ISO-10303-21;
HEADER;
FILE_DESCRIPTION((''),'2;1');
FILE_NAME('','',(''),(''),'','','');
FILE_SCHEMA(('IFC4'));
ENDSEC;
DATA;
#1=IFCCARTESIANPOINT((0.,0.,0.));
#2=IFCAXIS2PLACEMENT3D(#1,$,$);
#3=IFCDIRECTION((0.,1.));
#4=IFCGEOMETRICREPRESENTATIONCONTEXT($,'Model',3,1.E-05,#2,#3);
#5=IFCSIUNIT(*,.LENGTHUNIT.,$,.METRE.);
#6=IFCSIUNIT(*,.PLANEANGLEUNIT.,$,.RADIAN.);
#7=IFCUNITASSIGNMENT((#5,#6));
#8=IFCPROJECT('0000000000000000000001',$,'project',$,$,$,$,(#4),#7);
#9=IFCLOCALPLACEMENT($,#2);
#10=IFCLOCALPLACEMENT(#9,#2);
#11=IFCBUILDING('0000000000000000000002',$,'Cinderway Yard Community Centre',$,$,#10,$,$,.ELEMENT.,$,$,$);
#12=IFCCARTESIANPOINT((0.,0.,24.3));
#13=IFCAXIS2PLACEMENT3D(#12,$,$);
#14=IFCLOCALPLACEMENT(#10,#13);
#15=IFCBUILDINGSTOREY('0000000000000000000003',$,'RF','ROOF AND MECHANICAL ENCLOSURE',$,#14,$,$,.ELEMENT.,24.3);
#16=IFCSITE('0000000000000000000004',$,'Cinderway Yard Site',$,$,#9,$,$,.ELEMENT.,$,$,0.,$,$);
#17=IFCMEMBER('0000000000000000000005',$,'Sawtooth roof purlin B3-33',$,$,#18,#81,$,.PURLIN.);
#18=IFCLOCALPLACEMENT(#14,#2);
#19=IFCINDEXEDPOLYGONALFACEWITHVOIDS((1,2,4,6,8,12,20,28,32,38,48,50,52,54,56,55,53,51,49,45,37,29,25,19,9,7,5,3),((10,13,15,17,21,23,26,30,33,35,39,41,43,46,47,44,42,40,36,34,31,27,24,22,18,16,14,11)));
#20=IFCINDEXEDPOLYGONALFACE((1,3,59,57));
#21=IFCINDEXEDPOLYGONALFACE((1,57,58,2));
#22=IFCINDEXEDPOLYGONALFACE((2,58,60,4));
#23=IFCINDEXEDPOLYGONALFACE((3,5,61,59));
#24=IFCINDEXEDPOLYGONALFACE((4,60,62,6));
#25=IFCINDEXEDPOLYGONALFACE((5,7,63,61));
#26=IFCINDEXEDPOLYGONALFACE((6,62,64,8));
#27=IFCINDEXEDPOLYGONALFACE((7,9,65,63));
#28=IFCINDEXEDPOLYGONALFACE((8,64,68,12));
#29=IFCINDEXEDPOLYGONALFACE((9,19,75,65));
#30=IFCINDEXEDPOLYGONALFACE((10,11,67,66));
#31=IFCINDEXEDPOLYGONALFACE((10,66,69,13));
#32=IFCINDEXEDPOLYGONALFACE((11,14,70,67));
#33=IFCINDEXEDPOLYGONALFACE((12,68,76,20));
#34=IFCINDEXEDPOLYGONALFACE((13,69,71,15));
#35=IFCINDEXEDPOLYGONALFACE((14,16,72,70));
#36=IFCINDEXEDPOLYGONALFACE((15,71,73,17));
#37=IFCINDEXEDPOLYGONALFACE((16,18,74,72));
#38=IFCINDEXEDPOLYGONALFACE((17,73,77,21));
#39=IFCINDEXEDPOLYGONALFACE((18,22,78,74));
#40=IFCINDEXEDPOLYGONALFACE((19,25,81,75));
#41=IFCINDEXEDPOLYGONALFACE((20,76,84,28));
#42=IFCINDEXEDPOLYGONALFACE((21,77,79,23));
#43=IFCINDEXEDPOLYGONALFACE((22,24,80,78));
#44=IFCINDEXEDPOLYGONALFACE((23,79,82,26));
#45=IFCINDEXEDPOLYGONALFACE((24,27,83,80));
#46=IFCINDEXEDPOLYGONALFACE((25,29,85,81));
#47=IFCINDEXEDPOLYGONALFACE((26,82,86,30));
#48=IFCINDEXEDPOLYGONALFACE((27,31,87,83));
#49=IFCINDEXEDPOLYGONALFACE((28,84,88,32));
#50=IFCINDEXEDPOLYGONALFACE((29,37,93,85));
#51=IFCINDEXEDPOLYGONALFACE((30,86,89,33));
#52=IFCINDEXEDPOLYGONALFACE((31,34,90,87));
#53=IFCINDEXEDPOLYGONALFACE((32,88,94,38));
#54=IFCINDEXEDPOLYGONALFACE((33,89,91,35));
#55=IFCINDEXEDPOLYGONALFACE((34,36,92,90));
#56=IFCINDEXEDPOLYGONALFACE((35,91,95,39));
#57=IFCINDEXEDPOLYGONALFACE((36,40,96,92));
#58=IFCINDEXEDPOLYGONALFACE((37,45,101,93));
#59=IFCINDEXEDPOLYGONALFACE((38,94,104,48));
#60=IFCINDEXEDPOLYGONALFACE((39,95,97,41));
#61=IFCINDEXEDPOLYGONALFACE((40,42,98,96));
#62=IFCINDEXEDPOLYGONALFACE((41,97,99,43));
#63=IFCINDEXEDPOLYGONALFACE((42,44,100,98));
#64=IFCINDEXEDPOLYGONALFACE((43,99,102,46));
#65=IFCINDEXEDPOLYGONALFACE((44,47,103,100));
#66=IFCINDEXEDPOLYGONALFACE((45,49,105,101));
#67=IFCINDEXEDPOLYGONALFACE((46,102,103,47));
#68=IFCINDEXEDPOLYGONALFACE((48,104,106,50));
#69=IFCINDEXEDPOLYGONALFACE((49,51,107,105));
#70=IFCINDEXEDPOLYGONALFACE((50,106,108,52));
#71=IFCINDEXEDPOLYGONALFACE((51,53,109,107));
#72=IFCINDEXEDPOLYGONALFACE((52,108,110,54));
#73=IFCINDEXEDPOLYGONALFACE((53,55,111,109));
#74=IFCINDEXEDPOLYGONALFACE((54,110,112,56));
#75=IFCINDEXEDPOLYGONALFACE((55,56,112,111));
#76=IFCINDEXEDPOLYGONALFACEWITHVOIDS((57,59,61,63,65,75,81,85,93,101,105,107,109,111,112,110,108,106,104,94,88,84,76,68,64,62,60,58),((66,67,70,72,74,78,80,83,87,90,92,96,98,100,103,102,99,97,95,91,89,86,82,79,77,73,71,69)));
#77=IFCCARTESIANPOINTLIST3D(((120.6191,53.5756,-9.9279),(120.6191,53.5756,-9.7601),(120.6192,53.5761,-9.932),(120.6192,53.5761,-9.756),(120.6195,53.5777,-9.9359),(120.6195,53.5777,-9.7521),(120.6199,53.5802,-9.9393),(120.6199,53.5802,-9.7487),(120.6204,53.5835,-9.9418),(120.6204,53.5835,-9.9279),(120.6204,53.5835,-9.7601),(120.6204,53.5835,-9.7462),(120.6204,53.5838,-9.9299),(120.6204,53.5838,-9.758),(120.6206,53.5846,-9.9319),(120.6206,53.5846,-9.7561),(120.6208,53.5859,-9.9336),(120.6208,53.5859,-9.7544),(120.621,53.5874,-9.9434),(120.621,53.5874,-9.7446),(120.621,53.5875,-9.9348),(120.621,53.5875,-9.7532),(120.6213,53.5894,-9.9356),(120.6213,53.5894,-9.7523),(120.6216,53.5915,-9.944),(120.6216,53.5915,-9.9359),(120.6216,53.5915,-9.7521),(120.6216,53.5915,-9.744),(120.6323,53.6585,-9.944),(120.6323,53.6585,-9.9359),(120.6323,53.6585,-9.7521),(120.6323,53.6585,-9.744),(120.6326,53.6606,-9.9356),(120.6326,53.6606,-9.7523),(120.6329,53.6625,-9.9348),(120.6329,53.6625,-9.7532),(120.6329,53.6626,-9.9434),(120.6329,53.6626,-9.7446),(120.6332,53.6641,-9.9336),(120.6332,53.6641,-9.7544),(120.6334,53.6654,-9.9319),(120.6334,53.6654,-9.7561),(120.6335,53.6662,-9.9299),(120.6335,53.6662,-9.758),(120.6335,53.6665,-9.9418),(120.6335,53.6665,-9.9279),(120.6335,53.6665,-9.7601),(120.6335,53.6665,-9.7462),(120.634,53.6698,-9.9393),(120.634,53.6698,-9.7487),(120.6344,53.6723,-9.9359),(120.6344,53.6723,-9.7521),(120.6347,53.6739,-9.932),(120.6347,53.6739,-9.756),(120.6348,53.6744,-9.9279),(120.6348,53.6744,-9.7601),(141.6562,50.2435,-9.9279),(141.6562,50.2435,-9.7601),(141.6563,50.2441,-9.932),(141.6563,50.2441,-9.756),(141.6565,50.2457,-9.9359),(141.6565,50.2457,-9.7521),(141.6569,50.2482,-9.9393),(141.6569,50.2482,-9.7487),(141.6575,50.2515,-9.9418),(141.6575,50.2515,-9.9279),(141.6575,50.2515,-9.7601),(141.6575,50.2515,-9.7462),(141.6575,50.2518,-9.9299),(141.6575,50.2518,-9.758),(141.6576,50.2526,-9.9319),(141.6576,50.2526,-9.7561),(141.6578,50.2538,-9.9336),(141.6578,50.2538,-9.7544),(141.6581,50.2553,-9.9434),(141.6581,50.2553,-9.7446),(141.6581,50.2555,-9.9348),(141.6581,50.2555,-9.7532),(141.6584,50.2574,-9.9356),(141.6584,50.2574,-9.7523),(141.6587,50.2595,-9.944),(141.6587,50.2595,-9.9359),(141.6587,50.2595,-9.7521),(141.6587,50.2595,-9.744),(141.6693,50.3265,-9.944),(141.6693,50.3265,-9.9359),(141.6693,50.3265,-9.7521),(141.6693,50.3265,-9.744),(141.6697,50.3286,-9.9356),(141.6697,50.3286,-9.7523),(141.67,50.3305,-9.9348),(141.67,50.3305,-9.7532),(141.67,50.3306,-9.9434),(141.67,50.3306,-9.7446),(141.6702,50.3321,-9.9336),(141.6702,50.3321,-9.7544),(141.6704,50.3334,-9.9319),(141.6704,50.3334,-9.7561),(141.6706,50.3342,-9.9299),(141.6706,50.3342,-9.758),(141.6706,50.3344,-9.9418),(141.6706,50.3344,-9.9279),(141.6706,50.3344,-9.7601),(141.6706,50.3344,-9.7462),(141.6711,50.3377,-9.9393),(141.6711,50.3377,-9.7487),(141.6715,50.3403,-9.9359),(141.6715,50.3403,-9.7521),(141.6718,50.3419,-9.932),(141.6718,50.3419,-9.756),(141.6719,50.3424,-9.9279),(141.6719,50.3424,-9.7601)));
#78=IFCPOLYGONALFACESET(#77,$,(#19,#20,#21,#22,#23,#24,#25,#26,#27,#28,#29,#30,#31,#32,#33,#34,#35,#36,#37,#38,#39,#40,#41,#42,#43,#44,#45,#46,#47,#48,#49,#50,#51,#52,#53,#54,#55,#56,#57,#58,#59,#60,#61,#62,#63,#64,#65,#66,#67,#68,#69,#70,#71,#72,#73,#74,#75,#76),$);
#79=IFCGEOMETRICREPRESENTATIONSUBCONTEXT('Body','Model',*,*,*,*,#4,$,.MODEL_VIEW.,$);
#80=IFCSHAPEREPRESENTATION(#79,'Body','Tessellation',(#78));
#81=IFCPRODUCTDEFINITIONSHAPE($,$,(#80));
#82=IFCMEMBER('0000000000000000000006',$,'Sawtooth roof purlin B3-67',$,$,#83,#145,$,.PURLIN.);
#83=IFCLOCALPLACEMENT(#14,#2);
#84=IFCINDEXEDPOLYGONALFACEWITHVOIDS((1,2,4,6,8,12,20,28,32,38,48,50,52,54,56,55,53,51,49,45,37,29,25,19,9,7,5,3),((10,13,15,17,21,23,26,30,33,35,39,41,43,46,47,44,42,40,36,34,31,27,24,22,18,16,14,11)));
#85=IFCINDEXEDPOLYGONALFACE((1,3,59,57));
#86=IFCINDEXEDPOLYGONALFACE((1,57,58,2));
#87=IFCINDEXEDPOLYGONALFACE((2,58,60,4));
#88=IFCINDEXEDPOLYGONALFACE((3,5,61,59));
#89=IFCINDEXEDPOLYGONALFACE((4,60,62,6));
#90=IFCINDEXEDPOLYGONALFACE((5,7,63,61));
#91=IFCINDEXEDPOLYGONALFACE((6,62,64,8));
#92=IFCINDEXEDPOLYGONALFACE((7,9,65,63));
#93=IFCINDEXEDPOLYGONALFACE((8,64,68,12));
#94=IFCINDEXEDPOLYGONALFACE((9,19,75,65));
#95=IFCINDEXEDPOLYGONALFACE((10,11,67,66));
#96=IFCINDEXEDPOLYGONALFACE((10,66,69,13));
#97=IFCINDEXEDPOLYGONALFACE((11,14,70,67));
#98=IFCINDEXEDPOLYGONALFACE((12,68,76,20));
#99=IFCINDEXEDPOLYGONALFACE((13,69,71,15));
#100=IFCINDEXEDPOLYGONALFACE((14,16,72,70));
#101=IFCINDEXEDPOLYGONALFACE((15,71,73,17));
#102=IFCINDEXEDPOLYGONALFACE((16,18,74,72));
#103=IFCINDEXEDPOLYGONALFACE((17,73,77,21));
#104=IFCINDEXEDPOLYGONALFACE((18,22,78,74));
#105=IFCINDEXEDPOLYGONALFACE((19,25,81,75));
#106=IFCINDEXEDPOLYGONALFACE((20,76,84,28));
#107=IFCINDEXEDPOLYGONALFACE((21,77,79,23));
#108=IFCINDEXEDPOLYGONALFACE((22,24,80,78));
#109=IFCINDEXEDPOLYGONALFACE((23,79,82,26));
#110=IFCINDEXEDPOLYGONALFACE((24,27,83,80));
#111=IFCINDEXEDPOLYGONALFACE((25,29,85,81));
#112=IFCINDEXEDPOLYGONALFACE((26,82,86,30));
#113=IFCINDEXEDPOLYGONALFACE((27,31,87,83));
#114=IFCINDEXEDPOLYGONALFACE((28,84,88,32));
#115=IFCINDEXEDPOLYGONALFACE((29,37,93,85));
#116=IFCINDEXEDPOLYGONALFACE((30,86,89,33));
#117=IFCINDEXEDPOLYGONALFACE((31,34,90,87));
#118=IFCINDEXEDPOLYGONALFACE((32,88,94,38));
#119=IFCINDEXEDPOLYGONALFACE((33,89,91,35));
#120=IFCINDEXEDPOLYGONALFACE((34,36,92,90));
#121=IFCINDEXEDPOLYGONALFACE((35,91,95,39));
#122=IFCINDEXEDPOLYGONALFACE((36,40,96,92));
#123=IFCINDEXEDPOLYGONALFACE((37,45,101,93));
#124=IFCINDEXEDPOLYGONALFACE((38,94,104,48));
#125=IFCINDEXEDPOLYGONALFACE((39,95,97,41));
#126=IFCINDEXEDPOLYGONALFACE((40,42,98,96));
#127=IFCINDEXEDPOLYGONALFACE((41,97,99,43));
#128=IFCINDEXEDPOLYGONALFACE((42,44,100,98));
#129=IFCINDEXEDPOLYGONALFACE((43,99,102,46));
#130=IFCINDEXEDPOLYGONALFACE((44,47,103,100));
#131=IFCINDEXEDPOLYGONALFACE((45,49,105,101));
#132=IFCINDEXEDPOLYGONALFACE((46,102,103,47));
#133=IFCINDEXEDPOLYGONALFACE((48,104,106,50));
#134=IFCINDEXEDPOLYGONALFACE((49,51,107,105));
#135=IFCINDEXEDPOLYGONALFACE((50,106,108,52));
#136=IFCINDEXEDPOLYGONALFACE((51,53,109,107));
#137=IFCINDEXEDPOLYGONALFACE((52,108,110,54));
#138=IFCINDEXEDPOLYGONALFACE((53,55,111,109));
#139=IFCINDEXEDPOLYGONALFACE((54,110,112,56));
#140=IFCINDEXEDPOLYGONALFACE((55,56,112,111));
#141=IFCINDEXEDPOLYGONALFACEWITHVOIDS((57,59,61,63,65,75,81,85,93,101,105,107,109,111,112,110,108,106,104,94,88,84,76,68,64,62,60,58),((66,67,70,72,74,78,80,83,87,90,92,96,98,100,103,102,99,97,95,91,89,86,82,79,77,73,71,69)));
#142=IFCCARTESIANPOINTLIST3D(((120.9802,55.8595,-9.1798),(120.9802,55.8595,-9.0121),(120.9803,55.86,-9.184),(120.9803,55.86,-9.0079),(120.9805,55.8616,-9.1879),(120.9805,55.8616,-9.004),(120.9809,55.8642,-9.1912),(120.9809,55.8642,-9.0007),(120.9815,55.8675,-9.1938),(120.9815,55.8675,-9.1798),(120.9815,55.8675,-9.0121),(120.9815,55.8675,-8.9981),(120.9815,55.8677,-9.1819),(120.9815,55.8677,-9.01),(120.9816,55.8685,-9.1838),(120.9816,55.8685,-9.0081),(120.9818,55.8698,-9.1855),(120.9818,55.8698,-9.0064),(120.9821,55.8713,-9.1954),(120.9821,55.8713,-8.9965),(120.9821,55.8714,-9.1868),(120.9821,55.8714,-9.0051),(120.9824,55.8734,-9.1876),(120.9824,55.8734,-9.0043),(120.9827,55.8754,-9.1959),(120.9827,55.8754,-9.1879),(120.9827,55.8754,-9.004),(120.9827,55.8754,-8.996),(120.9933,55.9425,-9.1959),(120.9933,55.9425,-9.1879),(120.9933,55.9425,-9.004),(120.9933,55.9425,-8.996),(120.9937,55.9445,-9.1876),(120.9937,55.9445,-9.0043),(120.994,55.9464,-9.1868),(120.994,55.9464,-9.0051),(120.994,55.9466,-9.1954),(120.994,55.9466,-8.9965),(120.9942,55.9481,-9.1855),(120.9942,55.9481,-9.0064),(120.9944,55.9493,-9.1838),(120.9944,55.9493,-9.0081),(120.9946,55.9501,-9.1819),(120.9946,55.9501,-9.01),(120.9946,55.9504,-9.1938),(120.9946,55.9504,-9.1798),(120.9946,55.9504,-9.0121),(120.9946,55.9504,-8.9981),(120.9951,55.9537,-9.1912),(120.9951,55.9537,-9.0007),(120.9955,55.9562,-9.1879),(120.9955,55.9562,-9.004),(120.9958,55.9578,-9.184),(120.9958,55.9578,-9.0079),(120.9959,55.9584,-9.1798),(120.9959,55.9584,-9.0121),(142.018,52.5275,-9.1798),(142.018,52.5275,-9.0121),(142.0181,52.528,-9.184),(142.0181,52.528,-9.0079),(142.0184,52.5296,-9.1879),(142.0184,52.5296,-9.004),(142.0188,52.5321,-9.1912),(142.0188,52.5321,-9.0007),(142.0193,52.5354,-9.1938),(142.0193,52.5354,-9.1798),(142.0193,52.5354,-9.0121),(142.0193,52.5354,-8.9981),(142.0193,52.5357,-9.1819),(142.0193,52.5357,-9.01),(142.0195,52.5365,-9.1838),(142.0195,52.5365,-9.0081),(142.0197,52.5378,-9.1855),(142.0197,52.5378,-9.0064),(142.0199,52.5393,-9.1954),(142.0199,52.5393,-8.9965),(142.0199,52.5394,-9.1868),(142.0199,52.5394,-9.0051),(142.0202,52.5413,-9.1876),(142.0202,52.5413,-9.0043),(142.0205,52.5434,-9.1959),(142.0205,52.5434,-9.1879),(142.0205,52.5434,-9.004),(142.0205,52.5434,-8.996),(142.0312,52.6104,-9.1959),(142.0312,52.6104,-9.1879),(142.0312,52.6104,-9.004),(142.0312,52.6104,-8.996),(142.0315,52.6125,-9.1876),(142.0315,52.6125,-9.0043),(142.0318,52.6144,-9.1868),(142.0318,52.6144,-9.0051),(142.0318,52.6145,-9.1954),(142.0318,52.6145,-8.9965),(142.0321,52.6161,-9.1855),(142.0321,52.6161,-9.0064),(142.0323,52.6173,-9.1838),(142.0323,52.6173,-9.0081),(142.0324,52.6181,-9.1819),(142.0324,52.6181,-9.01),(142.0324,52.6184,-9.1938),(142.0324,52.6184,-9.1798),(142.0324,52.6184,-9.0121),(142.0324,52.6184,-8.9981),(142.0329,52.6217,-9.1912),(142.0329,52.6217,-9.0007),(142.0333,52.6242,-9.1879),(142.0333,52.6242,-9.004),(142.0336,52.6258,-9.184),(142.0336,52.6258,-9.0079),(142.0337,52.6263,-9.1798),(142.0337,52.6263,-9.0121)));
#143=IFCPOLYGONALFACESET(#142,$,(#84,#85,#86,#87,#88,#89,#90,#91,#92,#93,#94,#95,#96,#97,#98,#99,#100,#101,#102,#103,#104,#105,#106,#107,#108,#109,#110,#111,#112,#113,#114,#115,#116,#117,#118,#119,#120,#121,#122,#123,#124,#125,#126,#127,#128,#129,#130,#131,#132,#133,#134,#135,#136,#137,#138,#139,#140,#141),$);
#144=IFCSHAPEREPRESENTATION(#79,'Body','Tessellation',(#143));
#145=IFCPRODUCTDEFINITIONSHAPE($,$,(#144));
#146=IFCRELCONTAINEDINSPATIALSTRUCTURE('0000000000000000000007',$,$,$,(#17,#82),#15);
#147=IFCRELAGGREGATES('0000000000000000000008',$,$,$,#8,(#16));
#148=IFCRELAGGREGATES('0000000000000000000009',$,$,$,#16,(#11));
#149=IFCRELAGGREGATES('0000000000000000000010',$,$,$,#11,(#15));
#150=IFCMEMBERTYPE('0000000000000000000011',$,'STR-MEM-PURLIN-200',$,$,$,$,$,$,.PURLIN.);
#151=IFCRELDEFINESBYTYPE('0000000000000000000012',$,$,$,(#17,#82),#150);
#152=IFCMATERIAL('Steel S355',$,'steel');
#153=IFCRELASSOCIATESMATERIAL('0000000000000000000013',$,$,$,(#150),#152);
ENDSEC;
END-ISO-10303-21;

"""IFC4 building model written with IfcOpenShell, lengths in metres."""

from ifc_helpers import new_model, si_unit, direction, frame, origin, origin_2d, place, context, subcontext, project, spatial, hollow_rectangle, extrude, material, material_profile, profile_set, type_object, element, save


model = new_model("IFC4")

# Units and contexts
model_context = context("Model", 3, precision=1e-05, world=origin(), true_north=direction((0.0, 1.0)))
body_context = subcontext(model_context, "Body", "Model", "MODEL_VIEW")
ifc_project = project(units=[si_unit("LENGTHUNIT", "METRE"), si_unit("PLANEANGLEUNIT", "RADIAN")], contexts=[model_context])

# Site, building, storey
site_placement = place(None, origin())
site = spatial("IfcSite", under=ifc_project, at=site_placement, Name="Cinderway Yard Site", CompositionType="ELEMENT", RefElevation=0.0)
building_placement = place(site_placement, origin())
building = spatial("IfcBuilding", under=site, at=building_placement, Name="Cinderway Yard Community Centre", CompositionType="ELEMENT")
storey_placement = place(building_placement, frame((0.0, 0.0, 24.3)))
storey = spatial("IfcBuildingStorey", under=building, at=storey_placement, Name="RF", Description="ROOF AND MECHANICAL ENCLOSURE", CompositionType="ELEMENT", Elevation=24.3)

# Shared definitions
ifc_material_1 = material(Name="Steel S355", Category="steel")

# Members
ifc_material_profile_1 = material_profile(ifc_material_1, hollow_rectangle(XDim=0.1001, YDim=0.2, WallThickness=0.0081, InnerFilletRadius=0.0081, OuterFilletRadius=0.0161, at=origin_2d()), Name="Steel S355")
ifc_profile_set_1 = profile_set([ifc_material_profile_1], Name="Steel S355")
member_type_1 = type_object("IfcMemberType", Name="STR-MEM-PURLIN-200", PredefinedType="PURLIN", material=ifc_profile_set_1)
member_1_placement = place(storey_placement, frame((120.627, 53.625, -9.844), z_axis=(0.987688, -0.156438, 0.0), x_axis=(0.156438, 0.987688, 0.0)))
element("IfcMember", 1, at=member_1_placement, inside=storey, type_object=member_type_1, Name="Sawtooth roof purlin B3-33", PredefinedType="PURLIN", context=body_context, shape_type="SweptSolid", body=[
    extrude(hollow_rectangle(XDim=0.1001, YDim=0.2, WallThickness=0.0081, InnerFilletRadius=0.0081, OuterFilletRadius=0.0161, at=origin_2d()), origin(), (0.0, 0.0, 1.0), 21.2993),
])
member_2_placement = place(storey_placement, frame((120.988, 55.9089, -9.0959), z_axis=(0.987689, -0.156433, 0.0), x_axis=(0.156433, 0.987689, 0.0)))
element("IfcMember", 2, at=member_2_placement, inside=storey, type_object=member_type_1, Name="Sawtooth roof purlin B3-67", PredefinedType="PURLIN", context=body_context, shape_type="SweptSolid", body=[
    extrude(hollow_rectangle(XDim=0.1001, YDim=0.2, WallThickness=0.0081, InnerFilletRadius=0.0081, OuterFilletRadius=0.0161, at=origin_2d()), origin(), (0.0, 0.0, 1.0), 21.3),
])

save(model, "model.ifc")
